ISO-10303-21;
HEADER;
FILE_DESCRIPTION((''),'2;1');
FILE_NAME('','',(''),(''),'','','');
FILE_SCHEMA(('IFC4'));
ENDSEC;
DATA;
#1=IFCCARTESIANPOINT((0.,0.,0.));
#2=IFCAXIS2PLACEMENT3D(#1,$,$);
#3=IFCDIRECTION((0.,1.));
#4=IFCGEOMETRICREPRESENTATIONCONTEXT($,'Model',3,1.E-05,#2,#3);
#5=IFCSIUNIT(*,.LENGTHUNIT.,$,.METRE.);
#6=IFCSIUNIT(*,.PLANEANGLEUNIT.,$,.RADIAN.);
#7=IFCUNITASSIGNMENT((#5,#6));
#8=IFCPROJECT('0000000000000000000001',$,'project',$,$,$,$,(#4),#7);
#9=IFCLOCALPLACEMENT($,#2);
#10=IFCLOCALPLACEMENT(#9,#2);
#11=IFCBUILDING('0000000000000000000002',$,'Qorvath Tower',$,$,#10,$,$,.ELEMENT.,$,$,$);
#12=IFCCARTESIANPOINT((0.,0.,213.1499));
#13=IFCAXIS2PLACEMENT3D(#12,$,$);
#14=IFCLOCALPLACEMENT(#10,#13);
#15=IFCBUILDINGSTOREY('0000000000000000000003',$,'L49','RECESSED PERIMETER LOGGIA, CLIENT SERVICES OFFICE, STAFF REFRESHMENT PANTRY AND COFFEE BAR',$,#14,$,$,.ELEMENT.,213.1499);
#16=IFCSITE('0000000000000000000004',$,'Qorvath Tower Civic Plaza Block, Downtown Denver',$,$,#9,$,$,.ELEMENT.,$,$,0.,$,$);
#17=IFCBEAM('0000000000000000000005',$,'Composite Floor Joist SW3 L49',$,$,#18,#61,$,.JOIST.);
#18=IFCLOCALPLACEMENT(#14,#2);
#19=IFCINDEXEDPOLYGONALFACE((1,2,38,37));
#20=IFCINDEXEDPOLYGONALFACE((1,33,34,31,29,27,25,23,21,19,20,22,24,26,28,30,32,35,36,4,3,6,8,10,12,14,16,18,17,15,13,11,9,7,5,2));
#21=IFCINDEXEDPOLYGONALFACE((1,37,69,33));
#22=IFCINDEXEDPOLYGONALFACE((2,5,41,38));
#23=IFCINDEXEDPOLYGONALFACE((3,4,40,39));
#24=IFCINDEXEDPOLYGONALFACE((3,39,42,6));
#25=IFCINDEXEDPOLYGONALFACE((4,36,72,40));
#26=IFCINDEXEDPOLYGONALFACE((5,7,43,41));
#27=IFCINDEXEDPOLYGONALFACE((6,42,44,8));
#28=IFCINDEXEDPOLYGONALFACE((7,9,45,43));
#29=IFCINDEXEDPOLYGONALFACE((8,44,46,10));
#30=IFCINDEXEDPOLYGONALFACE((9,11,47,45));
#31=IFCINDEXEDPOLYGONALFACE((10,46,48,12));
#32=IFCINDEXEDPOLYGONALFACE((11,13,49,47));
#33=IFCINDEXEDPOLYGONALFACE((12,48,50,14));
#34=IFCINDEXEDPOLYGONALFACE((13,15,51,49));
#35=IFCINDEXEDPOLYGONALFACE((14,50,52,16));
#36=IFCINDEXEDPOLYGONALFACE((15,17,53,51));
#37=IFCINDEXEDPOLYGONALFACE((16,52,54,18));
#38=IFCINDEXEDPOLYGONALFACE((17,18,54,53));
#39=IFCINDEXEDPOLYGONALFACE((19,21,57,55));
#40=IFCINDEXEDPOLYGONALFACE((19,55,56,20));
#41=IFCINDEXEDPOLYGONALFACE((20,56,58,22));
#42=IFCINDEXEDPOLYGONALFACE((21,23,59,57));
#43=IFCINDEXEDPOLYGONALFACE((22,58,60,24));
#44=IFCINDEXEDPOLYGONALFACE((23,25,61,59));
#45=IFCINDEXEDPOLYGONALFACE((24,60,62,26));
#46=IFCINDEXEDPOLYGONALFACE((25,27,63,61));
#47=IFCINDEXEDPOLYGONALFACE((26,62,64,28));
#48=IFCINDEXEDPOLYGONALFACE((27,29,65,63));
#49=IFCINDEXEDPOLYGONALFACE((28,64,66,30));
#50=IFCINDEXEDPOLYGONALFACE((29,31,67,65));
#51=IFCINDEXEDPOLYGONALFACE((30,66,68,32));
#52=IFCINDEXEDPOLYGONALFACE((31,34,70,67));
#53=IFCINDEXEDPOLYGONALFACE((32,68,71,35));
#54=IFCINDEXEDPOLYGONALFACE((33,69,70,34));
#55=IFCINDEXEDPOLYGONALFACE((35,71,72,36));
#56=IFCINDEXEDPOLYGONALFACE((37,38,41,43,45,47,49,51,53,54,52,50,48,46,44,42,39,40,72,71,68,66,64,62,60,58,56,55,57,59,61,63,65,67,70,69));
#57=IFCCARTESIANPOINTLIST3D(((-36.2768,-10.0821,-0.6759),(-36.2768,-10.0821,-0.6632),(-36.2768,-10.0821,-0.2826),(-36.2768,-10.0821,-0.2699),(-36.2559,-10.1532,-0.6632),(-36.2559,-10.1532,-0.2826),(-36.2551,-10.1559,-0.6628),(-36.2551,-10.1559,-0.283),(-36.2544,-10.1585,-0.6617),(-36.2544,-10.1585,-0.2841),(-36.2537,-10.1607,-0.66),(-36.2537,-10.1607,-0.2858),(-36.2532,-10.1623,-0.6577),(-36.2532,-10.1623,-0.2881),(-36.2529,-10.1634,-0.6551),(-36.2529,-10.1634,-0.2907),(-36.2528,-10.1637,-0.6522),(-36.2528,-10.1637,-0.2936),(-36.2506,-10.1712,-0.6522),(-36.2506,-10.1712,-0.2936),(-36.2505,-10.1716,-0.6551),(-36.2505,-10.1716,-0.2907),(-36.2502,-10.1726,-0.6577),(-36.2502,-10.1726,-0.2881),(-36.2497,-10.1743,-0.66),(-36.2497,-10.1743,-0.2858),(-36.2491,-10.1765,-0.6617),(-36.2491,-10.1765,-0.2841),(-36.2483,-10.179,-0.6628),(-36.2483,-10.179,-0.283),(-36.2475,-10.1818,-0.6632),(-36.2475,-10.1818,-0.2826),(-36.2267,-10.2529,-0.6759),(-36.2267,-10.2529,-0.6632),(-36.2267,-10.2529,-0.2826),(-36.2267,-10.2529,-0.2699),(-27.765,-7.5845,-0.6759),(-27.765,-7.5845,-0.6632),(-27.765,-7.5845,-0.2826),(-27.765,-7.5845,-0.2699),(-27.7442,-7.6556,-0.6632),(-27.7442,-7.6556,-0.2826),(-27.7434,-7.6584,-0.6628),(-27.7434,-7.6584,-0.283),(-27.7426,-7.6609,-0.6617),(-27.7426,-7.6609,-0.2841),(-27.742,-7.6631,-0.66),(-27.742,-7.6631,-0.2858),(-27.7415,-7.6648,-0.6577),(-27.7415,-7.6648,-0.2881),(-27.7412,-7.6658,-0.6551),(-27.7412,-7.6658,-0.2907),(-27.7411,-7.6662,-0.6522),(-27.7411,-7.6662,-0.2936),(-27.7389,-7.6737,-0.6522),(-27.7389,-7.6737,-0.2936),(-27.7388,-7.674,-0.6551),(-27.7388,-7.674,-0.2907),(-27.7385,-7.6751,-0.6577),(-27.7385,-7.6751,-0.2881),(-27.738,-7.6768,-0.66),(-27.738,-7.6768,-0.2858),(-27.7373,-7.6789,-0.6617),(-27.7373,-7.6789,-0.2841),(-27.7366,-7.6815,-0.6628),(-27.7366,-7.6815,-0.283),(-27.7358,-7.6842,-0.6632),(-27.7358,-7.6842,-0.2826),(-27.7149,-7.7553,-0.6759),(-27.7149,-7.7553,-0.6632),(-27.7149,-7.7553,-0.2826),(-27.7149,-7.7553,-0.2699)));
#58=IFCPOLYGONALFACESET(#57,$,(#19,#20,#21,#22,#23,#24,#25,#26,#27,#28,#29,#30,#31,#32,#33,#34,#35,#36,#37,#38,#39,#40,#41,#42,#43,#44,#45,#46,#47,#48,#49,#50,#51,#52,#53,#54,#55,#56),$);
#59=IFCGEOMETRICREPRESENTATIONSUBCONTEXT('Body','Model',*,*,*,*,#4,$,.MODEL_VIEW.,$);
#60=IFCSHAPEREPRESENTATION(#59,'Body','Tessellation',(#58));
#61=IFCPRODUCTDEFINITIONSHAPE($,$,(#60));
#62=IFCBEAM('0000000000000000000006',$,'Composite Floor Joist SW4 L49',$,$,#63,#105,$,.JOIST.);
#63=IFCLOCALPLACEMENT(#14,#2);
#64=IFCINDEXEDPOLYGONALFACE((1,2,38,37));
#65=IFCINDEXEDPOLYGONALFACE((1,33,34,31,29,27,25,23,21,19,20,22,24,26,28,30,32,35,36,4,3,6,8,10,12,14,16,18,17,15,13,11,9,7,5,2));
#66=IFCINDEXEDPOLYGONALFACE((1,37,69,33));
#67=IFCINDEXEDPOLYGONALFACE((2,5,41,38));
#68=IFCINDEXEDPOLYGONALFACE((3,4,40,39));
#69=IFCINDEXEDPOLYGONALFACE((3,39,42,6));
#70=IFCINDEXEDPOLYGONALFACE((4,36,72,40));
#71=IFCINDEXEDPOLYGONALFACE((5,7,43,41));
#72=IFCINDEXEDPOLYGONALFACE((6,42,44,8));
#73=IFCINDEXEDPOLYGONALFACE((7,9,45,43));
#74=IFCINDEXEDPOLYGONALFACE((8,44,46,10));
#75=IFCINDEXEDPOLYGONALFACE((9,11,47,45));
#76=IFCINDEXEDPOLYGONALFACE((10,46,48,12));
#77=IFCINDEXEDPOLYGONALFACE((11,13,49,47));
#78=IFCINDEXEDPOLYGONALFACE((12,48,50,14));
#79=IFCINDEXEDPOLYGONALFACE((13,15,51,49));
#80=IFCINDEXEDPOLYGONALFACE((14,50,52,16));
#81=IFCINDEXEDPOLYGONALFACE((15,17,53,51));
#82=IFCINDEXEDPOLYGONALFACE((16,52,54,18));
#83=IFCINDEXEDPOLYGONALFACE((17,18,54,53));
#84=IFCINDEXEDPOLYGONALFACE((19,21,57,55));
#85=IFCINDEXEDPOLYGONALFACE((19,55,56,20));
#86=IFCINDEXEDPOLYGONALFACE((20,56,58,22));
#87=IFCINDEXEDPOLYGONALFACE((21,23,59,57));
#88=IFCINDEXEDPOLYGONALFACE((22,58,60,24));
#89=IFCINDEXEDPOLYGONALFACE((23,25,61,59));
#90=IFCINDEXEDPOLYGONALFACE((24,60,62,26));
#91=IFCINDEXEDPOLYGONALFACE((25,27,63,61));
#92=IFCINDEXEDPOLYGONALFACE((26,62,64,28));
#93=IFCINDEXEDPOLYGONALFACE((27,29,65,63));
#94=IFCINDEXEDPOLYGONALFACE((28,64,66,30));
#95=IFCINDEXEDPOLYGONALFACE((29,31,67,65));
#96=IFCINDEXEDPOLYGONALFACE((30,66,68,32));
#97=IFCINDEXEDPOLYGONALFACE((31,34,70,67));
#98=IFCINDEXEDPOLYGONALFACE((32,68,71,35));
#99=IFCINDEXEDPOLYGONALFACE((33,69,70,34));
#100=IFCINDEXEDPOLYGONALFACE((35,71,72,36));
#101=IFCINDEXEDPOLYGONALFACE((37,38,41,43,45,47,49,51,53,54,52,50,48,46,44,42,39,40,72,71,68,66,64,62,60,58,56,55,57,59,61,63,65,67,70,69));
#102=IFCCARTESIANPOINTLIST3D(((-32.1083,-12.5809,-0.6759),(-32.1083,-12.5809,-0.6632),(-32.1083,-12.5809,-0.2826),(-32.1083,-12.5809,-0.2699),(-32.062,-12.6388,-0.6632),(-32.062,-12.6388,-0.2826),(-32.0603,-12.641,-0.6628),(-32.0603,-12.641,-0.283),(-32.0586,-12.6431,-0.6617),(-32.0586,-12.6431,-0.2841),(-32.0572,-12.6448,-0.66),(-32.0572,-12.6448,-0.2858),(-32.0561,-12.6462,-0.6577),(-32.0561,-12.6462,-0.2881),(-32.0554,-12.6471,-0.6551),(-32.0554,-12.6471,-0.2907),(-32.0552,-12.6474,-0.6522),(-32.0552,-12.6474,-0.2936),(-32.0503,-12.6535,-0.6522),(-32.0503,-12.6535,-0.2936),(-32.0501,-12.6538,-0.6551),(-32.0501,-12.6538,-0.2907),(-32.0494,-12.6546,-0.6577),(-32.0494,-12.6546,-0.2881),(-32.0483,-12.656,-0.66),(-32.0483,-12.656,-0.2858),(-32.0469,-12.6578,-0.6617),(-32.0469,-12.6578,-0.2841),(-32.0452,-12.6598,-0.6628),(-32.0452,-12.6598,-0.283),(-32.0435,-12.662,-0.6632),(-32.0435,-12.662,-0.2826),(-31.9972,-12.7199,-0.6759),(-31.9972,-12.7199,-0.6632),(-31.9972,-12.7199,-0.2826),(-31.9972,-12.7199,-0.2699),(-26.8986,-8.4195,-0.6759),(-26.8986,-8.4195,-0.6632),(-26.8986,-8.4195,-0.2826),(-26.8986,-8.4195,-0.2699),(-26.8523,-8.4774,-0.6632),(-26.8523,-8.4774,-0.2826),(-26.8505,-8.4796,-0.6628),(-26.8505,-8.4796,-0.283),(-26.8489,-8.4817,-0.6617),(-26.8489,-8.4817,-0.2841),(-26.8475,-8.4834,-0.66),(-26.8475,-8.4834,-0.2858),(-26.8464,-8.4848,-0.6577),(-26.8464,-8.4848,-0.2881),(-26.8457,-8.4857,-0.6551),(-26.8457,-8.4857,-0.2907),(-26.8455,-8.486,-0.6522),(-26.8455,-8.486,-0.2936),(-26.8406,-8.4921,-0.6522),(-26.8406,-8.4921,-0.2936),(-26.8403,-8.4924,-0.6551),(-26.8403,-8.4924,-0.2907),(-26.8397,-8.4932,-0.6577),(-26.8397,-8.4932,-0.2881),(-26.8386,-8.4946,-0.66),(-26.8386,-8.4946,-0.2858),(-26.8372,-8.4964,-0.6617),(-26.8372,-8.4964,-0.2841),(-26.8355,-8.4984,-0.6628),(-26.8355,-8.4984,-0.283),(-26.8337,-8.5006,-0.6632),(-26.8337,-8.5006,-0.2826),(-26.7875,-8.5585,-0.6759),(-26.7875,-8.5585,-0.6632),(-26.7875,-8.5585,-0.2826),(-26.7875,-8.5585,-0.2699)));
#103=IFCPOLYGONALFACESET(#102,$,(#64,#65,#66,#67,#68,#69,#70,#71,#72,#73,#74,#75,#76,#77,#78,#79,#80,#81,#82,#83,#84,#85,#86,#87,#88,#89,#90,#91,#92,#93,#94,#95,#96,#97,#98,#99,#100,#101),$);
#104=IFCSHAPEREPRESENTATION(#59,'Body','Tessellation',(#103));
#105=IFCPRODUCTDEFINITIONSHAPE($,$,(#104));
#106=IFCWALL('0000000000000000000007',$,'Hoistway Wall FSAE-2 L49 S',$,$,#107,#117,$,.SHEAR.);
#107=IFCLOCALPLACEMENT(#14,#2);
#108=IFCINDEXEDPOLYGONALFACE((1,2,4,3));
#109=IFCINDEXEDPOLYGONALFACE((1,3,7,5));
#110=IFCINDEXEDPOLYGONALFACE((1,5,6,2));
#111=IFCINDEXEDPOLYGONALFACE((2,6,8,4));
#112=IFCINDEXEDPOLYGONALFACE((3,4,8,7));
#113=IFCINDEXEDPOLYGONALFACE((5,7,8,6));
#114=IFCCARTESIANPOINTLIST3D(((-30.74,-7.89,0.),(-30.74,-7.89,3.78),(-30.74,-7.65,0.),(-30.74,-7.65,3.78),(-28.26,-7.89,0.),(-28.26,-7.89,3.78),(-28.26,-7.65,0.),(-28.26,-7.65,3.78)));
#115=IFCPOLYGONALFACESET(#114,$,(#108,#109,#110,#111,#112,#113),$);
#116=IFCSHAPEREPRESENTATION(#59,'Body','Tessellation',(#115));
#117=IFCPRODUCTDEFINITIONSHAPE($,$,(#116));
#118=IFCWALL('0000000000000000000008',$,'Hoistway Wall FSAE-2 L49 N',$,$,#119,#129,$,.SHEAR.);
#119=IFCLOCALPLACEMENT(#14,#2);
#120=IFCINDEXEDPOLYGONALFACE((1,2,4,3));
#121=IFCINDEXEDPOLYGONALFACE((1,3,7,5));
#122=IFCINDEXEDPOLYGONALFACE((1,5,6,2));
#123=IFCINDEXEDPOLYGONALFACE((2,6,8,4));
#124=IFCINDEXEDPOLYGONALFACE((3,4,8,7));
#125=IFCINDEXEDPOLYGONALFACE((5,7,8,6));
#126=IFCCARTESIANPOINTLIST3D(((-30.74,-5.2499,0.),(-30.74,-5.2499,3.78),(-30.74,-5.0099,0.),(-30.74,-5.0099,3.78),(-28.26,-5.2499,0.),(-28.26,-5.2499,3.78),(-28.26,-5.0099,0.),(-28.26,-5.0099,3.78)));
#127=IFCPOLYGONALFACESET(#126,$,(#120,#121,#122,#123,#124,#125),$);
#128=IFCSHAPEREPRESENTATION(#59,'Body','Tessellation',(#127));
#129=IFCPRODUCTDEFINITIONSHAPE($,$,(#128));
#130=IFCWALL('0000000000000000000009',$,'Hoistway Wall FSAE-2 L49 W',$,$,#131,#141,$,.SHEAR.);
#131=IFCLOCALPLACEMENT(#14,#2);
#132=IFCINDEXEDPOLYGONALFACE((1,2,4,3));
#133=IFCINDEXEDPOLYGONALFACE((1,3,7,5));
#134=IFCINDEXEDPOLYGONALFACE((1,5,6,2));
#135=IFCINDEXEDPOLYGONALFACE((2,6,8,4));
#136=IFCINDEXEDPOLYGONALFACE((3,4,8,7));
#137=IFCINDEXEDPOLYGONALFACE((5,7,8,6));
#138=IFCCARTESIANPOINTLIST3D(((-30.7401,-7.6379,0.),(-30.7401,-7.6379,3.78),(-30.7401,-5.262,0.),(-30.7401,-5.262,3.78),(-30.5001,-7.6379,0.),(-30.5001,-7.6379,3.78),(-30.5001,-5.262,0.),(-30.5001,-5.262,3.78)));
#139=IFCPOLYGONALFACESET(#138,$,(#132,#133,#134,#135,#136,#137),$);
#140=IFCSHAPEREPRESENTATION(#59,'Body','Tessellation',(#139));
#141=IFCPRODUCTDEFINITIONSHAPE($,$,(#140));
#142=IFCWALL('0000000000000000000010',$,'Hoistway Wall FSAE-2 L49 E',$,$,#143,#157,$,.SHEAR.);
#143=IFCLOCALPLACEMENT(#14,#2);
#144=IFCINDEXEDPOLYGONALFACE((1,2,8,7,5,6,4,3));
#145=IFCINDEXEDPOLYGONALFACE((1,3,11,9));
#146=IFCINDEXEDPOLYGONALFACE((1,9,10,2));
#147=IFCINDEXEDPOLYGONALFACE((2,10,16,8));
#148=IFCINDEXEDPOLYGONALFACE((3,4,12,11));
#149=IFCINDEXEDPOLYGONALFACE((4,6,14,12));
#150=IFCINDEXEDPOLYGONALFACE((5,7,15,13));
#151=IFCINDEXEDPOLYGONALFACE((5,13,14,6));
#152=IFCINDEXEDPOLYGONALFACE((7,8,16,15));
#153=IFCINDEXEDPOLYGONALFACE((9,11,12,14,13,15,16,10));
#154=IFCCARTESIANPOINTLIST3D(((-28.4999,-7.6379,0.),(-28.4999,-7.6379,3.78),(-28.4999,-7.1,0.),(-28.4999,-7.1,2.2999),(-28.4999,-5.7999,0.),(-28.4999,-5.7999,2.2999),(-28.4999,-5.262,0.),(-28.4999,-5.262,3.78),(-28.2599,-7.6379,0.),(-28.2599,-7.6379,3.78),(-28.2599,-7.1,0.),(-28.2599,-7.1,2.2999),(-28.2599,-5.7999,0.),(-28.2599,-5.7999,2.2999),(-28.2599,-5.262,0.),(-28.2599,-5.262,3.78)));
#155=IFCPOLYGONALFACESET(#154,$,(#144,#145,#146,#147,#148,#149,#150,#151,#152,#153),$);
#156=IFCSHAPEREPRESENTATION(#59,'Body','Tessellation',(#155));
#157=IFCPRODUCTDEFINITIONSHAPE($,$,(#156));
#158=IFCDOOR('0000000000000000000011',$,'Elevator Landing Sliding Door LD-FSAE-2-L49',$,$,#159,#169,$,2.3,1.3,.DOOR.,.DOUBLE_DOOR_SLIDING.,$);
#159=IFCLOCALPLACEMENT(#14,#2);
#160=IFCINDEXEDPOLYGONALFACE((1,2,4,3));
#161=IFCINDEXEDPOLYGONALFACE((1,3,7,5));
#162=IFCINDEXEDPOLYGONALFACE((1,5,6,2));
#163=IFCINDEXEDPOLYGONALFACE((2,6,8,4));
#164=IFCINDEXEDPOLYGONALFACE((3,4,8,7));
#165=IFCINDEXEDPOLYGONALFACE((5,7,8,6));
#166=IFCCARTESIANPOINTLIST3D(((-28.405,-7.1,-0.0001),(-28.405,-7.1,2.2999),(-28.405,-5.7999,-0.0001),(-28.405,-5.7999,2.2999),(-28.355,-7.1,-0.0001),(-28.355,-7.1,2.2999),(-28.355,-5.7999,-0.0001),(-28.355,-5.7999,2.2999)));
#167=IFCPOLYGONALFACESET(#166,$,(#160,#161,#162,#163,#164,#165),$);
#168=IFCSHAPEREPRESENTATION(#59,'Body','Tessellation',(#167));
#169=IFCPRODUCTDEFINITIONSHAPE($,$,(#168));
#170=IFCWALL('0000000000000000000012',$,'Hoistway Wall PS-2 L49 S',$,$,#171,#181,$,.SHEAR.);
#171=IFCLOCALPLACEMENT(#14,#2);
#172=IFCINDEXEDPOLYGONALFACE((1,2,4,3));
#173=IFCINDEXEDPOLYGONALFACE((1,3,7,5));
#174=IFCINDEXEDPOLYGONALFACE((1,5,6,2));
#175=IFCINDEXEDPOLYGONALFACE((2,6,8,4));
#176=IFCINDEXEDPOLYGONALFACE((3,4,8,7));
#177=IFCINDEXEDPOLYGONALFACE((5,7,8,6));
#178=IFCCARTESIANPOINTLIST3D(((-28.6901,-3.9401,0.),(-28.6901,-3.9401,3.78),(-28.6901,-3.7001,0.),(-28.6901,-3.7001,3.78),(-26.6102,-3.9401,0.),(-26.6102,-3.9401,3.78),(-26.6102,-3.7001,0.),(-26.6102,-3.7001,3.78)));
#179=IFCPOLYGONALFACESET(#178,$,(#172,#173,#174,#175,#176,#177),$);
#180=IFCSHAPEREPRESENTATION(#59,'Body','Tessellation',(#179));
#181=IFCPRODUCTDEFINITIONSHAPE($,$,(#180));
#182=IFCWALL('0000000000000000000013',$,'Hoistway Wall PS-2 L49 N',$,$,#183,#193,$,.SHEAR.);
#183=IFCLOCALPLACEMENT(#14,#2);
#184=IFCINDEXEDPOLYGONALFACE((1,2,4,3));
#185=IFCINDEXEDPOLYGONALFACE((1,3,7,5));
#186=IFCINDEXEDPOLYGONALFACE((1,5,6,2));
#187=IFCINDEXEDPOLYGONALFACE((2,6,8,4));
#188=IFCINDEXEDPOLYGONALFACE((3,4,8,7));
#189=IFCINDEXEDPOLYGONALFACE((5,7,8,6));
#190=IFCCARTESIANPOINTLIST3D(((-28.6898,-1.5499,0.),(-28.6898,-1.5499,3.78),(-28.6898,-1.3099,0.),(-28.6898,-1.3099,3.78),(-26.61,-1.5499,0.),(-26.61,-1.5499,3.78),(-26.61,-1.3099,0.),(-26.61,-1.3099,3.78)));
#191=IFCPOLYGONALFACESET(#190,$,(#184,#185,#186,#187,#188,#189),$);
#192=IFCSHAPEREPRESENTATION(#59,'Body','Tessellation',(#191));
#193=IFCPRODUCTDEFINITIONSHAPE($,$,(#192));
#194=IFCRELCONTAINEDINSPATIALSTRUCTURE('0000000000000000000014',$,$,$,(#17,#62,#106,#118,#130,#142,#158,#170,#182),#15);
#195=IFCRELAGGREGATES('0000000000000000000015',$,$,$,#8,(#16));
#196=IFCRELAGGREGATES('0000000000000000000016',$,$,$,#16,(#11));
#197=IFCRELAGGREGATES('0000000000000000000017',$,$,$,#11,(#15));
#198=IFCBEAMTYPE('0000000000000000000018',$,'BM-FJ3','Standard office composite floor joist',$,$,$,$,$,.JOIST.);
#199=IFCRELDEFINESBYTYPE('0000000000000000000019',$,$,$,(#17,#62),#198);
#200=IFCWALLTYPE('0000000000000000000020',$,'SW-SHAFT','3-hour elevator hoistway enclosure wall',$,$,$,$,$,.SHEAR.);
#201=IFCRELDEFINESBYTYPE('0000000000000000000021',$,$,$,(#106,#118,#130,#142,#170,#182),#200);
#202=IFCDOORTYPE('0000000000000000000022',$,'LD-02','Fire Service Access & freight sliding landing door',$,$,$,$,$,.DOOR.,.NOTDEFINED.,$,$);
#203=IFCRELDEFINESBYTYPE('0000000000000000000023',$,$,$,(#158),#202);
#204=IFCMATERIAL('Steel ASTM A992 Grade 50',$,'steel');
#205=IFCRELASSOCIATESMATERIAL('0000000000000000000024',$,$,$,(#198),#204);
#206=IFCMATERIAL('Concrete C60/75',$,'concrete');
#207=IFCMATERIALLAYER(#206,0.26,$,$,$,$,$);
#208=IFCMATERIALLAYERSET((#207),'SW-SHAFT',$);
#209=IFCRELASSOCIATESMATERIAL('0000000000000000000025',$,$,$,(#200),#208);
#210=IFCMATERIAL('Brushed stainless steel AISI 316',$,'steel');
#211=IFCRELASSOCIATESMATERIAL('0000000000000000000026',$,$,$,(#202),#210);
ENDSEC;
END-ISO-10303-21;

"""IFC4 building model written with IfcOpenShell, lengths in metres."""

from ifc_helpers import new_model, si_unit, direction, frame, frame_2d, origin, origin_2d, place, context, subcontext, project, spatial, rectangle, i_section, extrude, material, layer, layer_set, material_profile, profile_set, type_object, element, fill, save


model = new_model("IFC4")

# Units and contexts
model_context = context("Model", 3, precision=1e-05, world=origin(), true_north=direction((0.0, 1.0)))
body_context = subcontext(model_context, "Body", "Model", "MODEL_VIEW")
ifc_project = project(units=[si_unit("LENGTHUNIT", "METRE"), si_unit("PLANEANGLEUNIT", "RADIAN")], contexts=[model_context])

# Site, building, storey
site_placement = place(None, origin())
site = spatial("IfcSite", under=ifc_project, at=site_placement, Name="Qorvath Tower Civic Plaza Block, Downtown Denver", CompositionType="ELEMENT", RefElevation=0.0)
building_placement = place(site_placement, origin())
building = spatial("IfcBuilding", under=site, at=building_placement, Name="Qorvath Tower", CompositionType="ELEMENT")
storey_placement = place(building_placement, frame((0.0, 0.0, 213.1499)))
storey = spatial("IfcBuildingStorey", under=building, at=storey_placement, Name="L49", Description="RECESSED PERIMETER LOGGIA, CLIENT SERVICES OFFICE, STAFF REFRESHMENT PANTRY AND COFFEE BAR", CompositionType="ELEMENT", Elevation=213.1499)

# Beams
ifc_material_1 = material(Name="Steel ASTM A992 Grade 50", Category="steel")
ifc_material_profile_1 = material_profile(ifc_material_1, i_section(OverallWidth=0.178, OverallDepth=0.406, WebThickness=0.0078, FlangeThickness=0.0127, FilletRadius=0.011, at=origin_2d()), Name="W16x40")
ifc_profile_set_1 = profile_set([ifc_material_profile_1], Name="Steel ASTM A992 Grade 50")
beam_type_1 = type_object("IfcBeamType", Name="BM-FJ3", Description="Standard office composite floor joist", PredefinedType="JOIST", material=ifc_profile_set_1)
beam_1_placement = place(storey_placement, frame((-27.74, -7.6699, -0.4729), z_axis=(-0.959545, -0.281555, 0.0), x_axis=(0.281555, -0.959545, 0.0)))
element("IfcBeam", 1, at=beam_1_placement, inside=storey, type_object=beam_type_1, Name="Composite Floor Joist SW3 L49", PredefinedType="JOIST", context=body_context, shape_type="SweptSolid", body=[
    extrude(i_section(OverallWidth=0.178, OverallDepth=0.406, WebThickness=0.0078, FlangeThickness=0.0127, FilletRadius=0.011, at=origin_2d()), origin(), (0.0, 0.0, 1.0), 8.8706),
])
beam_2_placement = place(storey_placement, frame((-26.843, -8.489, -0.4729), z_axis=(-0.781337, -0.62411, 0.0), x_axis=(0.62411, -0.781337, 0.0)))
element("IfcBeam", 2, at=beam_2_placement, inside=storey, type_object=beam_type_1, Name="Composite Floor Joist SW4 L49", PredefinedType="JOIST", context=body_context, shape_type="SweptSolid", body=[
    extrude(i_section(OverallWidth=0.178, OverallDepth=0.406, WebThickness=0.0078, FlangeThickness=0.0127, FilletRadius=0.011, at=origin_2d()), origin(), (0.0, 0.0, 1.0), 6.6677),
])

# Walls
ifc_material_2 = material(Name="Concrete C60/75", Category="concrete")
ifc_layer_1 = layer(ifc_material_2, 0.26)
ifc_layer_set_1 = layer_set([ifc_layer_1], Name="SW-SHAFT")
wall_type_1 = type_object("IfcWallType", Name="SW-SHAFT", Description="3-hour elevator hoistway enclosure wall", PredefinedType="SHEAR", material=ifc_layer_set_1)
for number, where, z_axis, x_axis, name in (
    (3, (-28.26, -7.77, 0.0), (0.0, 0.0, 1.0), (-1.0, 0.0, 0.0), "Hoistway Wall FSAE-2 L49 S"),
    (4, (-30.74, -5.1299, 0.0), (0.0, 0.0, 1.0), (1.0, 0.0, 0.0), "Hoistway Wall FSAE-2 L49 N"),
):
    element("IfcWall", number, at=place(storey_placement, frame(where, z_axis=z_axis, x_axis=x_axis)), inside=storey, type_object=wall_type_1, Name=name, PredefinedType="SHEAR", context=body_context, shape_type="SweptSolid", body=[
        extrude(rectangle(XDim=2.48, YDim=0.24, at=frame_2d((1.24, 0.0))), origin(), (0.0, 0.0, 1.0), 3.78),
    ])
wall_1_placement = place(storey_placement, frame((-30.6201, -7.6379, 0.0), z_axis=(0.0, 0.0, 1.0), x_axis=(0.0, 1.0, 0.0)))
element("IfcWall", 5, at=wall_1_placement, inside=storey, type_object=wall_type_1, Name="Hoistway Wall FSAE-2 L49 W", PredefinedType="SHEAR", context=body_context, shape_type="SweptSolid", body=[
    extrude(rectangle(XDim=2.376, YDim=0.24, at=frame_2d((1.188, 0.0))), origin(), (0.0, 0.0, 1.0), 3.78),
])

# Wall, opening, door
wall_2_placement = place(storey_placement, frame((-28.3799, -5.262, 0.0), z_axis=(0.0, 0.0, 1.0), x_axis=(0.0, -1.0, 0.0)))
wall_2 = element("IfcWall", 6, at=wall_2_placement, inside=storey, type_object=wall_type_1, Name="Hoistway Wall FSAE-2 L49 E", PredefinedType="SHEAR", context=body_context, shape_type="SweptSolid", body=[
    extrude(rectangle(XDim=2.376, YDim=0.24, at=frame_2d((1.188, 0.0))), origin(), (0.0, 0.0, 1.0), 3.78),
])
opening_1_placement = place(wall_2_placement, frame((0.5381, 0.0, 0.0)))
opening_1 = element("IfcOpeningElement", 7, at=opening_1_placement, cuts=wall_2, PredefinedType="OPENING", context=body_context, shape_type="SweptSolid", body=[
    extrude(rectangle(XDim=1.3, YDim=2.3, at=frame_2d((0.6499, 1.1499))), frame((0.0, 0.1299, 0.0), z_axis=(0.0, -1.0, 0.0), x_axis=(1.0, 0.0, 0.0)), (0.0, 0.0, 1.0), 0.26),
])
ifc_material_3 = material(Name="Brushed stainless steel AISI 316", Category="steel")
door_type_1 = type_object("IfcDoorType", Name="LD-02", Description="Fire Service Access & freight sliding landing door", OperationType="NOTDEFINED", PredefinedType="DOOR", material=ifc_material_3)
door_1_placement = place(opening_1_placement, origin())
door_1 = element("IfcDoor", 8, at=door_1_placement, inside=storey, type_object=door_type_1, Name="Elevator Landing Sliding Door LD-FSAE-2-L49", OperationType="DOUBLE_DOOR_SLIDING", OverallHeight=2.3, OverallWidth=1.3, PredefinedType="DOOR", context=body_context, shape_type="SweptSolid", body=[
    extrude(rectangle(XDim=1.3, YDim=2.3, at=frame_2d((0.6499, 1.1499))), frame((0.0, 0.0249, 0.0), z_axis=(0.0, -1.0, 0.0), x_axis=(1.0, 0.0, 0.0)), (0.0, 0.0, 1.0), 0.05),
])
fill(opening_1, door_1)

# Walls
for number, where, z_axis, x_axis, name in (
    (9, (-26.6101, -3.8201, 0.0), (0.0, 0.0, 1.0), (-1.0, 0.0, 0.0), "Hoistway Wall PS-2 L49 S"),
    (10, (-28.6899, -1.4299, 0.0), (0.0, 0.0, 1.0), (1.0, 0.0, 0.0), "Hoistway Wall PS-2 L49 N"),
):
    element("IfcWall", number, at=place(storey_placement, frame(where, z_axis=z_axis, x_axis=x_axis)), inside=storey, type_object=wall_type_1, Name=name, PredefinedType="SHEAR", context=body_context, shape_type="SweptSolid", body=[
        extrude(rectangle(XDim=2.0798, YDim=0.24, at=frame_2d((1.04, 0.0))), origin(), (0.0, 0.0, 1.0), 3.78),
    ])

save(model, "model.ifc")
